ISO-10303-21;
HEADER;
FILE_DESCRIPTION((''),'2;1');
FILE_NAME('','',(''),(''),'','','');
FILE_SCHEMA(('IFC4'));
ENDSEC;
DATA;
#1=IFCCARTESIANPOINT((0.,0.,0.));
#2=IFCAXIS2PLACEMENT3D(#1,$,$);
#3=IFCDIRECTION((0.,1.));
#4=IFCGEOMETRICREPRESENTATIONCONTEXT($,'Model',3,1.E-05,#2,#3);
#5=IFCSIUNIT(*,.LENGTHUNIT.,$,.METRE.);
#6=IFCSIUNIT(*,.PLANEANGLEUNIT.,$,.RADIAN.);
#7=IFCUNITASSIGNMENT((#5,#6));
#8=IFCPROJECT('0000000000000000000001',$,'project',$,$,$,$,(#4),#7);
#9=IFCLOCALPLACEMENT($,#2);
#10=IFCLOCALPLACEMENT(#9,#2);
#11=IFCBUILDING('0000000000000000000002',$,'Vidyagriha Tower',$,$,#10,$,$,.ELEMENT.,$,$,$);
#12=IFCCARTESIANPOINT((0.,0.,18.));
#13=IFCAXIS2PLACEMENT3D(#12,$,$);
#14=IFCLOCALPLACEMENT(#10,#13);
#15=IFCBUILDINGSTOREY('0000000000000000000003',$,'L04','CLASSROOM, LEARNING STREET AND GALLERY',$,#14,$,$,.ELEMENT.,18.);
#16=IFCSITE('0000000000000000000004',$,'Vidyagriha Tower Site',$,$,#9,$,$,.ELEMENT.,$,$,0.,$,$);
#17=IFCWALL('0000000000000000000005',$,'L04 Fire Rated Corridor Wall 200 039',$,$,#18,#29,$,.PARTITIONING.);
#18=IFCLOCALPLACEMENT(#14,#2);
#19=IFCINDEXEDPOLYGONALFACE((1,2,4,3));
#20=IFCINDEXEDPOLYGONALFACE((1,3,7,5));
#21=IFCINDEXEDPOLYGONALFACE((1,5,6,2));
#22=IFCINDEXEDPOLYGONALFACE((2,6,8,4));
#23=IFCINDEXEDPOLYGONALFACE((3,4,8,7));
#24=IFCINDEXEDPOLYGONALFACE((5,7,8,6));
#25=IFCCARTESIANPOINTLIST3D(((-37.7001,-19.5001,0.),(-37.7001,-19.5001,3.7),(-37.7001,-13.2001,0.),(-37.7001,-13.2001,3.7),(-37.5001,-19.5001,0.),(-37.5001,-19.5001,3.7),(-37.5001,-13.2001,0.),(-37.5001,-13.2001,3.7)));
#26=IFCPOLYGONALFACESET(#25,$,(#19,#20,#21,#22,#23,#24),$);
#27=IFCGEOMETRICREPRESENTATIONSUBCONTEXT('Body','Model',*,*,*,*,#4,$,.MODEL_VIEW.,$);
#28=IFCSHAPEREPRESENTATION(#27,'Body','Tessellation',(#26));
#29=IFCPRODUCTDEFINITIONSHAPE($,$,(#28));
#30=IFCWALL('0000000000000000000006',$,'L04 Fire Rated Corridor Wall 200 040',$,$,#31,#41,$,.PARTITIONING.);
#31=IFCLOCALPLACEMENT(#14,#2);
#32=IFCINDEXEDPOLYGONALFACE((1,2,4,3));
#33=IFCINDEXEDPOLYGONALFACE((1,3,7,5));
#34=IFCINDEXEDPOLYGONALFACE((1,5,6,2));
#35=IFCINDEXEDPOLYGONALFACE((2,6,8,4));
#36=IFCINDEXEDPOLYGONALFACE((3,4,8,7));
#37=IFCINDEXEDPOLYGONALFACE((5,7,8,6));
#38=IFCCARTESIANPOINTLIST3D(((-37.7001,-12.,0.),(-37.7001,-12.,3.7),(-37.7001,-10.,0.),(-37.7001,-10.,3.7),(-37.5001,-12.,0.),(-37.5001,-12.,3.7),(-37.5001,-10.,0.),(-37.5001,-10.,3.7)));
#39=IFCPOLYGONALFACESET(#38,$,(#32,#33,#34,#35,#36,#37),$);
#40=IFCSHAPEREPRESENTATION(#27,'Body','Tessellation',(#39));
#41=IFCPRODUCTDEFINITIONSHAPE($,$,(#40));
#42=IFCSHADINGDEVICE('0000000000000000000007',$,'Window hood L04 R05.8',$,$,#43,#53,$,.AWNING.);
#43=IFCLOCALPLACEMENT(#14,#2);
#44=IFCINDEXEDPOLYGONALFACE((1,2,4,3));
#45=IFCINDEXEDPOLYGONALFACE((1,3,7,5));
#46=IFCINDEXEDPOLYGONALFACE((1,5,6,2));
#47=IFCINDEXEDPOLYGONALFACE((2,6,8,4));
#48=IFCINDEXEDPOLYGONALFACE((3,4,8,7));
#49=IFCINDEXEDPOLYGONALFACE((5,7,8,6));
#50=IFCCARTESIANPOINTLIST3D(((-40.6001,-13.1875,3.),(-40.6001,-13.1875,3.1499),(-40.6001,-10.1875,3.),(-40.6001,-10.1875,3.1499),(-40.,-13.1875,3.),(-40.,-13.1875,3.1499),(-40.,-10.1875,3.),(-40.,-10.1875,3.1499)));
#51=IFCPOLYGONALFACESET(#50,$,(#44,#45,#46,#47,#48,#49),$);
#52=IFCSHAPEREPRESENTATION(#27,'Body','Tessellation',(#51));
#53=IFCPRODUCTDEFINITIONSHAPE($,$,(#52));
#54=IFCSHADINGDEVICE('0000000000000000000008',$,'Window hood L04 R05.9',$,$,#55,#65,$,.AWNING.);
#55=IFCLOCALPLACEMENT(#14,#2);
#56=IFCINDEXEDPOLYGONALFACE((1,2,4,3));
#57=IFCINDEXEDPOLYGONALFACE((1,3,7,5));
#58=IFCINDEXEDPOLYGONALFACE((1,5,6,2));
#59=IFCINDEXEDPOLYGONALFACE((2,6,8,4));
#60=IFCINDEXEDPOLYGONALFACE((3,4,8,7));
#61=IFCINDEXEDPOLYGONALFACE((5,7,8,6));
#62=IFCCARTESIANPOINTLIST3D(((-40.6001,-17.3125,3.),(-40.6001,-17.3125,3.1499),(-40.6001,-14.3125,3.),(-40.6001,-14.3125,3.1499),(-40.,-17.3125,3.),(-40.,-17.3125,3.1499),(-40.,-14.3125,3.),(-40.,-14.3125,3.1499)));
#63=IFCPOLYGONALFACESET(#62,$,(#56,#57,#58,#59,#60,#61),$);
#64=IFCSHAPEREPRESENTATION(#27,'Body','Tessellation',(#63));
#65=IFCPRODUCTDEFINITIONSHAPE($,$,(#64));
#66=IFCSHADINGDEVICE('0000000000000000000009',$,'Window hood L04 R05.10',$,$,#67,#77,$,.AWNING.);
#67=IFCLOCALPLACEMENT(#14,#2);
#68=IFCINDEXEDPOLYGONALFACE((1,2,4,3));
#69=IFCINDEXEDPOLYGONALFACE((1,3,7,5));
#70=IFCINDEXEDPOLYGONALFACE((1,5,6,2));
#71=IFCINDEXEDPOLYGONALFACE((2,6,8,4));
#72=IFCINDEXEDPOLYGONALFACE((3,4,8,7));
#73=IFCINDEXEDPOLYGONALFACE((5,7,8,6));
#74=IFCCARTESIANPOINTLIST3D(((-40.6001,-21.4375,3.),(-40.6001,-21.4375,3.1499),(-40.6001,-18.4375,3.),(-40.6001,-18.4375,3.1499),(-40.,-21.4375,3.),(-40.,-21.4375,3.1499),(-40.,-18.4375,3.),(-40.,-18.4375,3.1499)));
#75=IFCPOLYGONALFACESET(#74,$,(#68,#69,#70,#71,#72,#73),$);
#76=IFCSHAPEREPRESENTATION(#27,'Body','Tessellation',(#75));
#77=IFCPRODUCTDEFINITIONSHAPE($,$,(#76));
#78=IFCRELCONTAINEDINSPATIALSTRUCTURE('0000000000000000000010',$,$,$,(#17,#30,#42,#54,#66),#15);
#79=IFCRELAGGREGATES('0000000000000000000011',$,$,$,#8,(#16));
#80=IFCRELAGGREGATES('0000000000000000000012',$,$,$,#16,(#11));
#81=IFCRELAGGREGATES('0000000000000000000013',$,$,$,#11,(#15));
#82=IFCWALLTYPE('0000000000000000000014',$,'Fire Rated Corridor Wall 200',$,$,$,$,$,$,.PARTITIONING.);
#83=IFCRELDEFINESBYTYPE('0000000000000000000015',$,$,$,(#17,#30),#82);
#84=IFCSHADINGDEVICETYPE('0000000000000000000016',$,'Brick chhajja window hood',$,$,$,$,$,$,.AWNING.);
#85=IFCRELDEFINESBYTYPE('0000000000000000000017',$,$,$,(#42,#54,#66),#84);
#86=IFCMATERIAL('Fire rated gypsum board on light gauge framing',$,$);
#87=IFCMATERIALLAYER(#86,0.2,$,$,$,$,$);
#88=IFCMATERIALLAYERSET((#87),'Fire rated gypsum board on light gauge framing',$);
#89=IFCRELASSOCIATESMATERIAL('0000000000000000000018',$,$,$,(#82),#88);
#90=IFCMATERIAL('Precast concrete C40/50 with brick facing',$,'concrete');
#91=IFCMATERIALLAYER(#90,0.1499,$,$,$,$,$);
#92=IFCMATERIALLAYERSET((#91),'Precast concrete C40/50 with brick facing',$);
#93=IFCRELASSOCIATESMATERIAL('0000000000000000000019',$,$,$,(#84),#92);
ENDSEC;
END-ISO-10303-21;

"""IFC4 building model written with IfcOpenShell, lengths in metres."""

from ifc_helpers import new_model, si_unit, direction, frame, frame_2d, origin, origin_2d, place, context, subcontext, project, spatial, rectangle, extrude, material, layer, layer_set, type_object, element, save


model = new_model("IFC4")

# Units and contexts
model_context = context("Model", 3, precision=1e-05, world=origin(), true_north=direction((0.0, 1.0)))
body_context = subcontext(model_context, "Body", "Model", "MODEL_VIEW")
ifc_project = project(units=[si_unit("LENGTHUNIT", "METRE"), si_unit("PLANEANGLEUNIT", "RADIAN")], contexts=[model_context])

# Site, building, storey
site_placement = place(None, origin())
site = spatial("IfcSite", under=ifc_project, at=site_placement, Name="Vidyagriha Tower Site", CompositionType="ELEMENT", RefElevation=0.0)
building_placement = place(site_placement, origin())
building = spatial("IfcBuilding", under=site, at=building_placement, Name="Vidyagriha Tower", CompositionType="ELEMENT")
storey_placement = place(building_placement, frame((0.0, 0.0, 18.0)))
storey = spatial("IfcBuildingStorey", under=building, at=storey_placement, Name="L04", Description="CLASSROOM, LEARNING STREET AND GALLERY", CompositionType="ELEMENT", Elevation=18.0)

# Shared definitions
ifc_material_1 = material(Name="Fire rated gypsum board on light gauge framing")
ifc_layer_1 = layer(ifc_material_1, 0.2)
ifc_layer_set_1 = layer_set([ifc_layer_1], Name="Fire rated gypsum board on light gauge framing")
wall_type = type_object("IfcWallType", Name="Fire Rated Corridor Wall 200", PredefinedType="PARTITIONING", material=ifc_layer_set_1)

# Walls
wall_1_placement = place(storey_placement, frame((-37.6001, -19.5, 0.0), z_axis=(0.0, 0.0, 1.0), x_axis=(0.0, 1.0, 0.0)))
element("IfcWall", 1, at=wall_1_placement, inside=storey, type_object=wall_type, Name="L04 Fire Rated Corridor Wall 200 039", PredefinedType="PARTITIONING", context=body_context, shape_type="SweptSolid", body=[
    extrude(rectangle(XDim=6.3, YDim=0.2, at=frame_2d((3.1499, 0.0))), origin(), (0.0, 0.0, 1.0), 3.7),
])
wall_2_placement = place(storey_placement, frame((-37.6001, -12.0, 0.0), z_axis=(0.0, 0.0, 1.0), x_axis=(0.0, 1.0, 0.0)))
element("IfcWall", 2, at=wall_2_placement, inside=storey, type_object=wall_type, Name="L04 Fire Rated Corridor Wall 200 040", PredefinedType="PARTITIONING", context=body_context, shape_type="SweptSolid", body=[
    extrude(rectangle(XDim=2.0, YDim=0.2, at=frame_2d((1.0, 0.0))), origin(), (0.0, 0.0, 1.0), 3.7),
])

# Shading devices
ifc_material_2 = material(Name="Precast concrete C40/50 with brick facing", Category="concrete")
ifc_layer_2 = layer(ifc_material_2, 0.1499)
ifc_layer_set_2 = layer_set([ifc_layer_2], Name="Precast concrete C40/50 with brick facing")
shading_device_type = type_object("IfcShadingDeviceType", Name="Brick chhajja window hood", PredefinedType="AWNING", material=ifc_layer_set_2)
for number, where, z_axis, x_axis, name in (
    (3, (-40.3, -11.6875, 3.0), (0.0, 0.0, 1.0), (0.0, -1.0, 0.0), "Window hood L04 R05.8"),
    (4, (-40.3, -15.8125, 3.0), (0.0, 0.0, 1.0), (0.0, -1.0, 0.0), "Window hood L04 R05.9"),
    (5, (-40.3, -19.9375, 3.0), (0.0, 0.0, 1.0), (0.0, -1.0, 0.0), "Window hood L04 R05.10"),
):
    element("IfcShadingDevice", number, at=place(storey_placement, frame(where, z_axis=z_axis, x_axis=x_axis)), inside=storey, type_object=shading_device_type, Name=name, PredefinedType="AWNING", context=body_context, shape_type="SweptSolid", body=[
        extrude(rectangle(XDim=3.0, YDim=0.6001, at=origin_2d()), origin(), (0.0, 0.0, 1.0), 0.1499),
    ])

save(model, "model.ifc")
